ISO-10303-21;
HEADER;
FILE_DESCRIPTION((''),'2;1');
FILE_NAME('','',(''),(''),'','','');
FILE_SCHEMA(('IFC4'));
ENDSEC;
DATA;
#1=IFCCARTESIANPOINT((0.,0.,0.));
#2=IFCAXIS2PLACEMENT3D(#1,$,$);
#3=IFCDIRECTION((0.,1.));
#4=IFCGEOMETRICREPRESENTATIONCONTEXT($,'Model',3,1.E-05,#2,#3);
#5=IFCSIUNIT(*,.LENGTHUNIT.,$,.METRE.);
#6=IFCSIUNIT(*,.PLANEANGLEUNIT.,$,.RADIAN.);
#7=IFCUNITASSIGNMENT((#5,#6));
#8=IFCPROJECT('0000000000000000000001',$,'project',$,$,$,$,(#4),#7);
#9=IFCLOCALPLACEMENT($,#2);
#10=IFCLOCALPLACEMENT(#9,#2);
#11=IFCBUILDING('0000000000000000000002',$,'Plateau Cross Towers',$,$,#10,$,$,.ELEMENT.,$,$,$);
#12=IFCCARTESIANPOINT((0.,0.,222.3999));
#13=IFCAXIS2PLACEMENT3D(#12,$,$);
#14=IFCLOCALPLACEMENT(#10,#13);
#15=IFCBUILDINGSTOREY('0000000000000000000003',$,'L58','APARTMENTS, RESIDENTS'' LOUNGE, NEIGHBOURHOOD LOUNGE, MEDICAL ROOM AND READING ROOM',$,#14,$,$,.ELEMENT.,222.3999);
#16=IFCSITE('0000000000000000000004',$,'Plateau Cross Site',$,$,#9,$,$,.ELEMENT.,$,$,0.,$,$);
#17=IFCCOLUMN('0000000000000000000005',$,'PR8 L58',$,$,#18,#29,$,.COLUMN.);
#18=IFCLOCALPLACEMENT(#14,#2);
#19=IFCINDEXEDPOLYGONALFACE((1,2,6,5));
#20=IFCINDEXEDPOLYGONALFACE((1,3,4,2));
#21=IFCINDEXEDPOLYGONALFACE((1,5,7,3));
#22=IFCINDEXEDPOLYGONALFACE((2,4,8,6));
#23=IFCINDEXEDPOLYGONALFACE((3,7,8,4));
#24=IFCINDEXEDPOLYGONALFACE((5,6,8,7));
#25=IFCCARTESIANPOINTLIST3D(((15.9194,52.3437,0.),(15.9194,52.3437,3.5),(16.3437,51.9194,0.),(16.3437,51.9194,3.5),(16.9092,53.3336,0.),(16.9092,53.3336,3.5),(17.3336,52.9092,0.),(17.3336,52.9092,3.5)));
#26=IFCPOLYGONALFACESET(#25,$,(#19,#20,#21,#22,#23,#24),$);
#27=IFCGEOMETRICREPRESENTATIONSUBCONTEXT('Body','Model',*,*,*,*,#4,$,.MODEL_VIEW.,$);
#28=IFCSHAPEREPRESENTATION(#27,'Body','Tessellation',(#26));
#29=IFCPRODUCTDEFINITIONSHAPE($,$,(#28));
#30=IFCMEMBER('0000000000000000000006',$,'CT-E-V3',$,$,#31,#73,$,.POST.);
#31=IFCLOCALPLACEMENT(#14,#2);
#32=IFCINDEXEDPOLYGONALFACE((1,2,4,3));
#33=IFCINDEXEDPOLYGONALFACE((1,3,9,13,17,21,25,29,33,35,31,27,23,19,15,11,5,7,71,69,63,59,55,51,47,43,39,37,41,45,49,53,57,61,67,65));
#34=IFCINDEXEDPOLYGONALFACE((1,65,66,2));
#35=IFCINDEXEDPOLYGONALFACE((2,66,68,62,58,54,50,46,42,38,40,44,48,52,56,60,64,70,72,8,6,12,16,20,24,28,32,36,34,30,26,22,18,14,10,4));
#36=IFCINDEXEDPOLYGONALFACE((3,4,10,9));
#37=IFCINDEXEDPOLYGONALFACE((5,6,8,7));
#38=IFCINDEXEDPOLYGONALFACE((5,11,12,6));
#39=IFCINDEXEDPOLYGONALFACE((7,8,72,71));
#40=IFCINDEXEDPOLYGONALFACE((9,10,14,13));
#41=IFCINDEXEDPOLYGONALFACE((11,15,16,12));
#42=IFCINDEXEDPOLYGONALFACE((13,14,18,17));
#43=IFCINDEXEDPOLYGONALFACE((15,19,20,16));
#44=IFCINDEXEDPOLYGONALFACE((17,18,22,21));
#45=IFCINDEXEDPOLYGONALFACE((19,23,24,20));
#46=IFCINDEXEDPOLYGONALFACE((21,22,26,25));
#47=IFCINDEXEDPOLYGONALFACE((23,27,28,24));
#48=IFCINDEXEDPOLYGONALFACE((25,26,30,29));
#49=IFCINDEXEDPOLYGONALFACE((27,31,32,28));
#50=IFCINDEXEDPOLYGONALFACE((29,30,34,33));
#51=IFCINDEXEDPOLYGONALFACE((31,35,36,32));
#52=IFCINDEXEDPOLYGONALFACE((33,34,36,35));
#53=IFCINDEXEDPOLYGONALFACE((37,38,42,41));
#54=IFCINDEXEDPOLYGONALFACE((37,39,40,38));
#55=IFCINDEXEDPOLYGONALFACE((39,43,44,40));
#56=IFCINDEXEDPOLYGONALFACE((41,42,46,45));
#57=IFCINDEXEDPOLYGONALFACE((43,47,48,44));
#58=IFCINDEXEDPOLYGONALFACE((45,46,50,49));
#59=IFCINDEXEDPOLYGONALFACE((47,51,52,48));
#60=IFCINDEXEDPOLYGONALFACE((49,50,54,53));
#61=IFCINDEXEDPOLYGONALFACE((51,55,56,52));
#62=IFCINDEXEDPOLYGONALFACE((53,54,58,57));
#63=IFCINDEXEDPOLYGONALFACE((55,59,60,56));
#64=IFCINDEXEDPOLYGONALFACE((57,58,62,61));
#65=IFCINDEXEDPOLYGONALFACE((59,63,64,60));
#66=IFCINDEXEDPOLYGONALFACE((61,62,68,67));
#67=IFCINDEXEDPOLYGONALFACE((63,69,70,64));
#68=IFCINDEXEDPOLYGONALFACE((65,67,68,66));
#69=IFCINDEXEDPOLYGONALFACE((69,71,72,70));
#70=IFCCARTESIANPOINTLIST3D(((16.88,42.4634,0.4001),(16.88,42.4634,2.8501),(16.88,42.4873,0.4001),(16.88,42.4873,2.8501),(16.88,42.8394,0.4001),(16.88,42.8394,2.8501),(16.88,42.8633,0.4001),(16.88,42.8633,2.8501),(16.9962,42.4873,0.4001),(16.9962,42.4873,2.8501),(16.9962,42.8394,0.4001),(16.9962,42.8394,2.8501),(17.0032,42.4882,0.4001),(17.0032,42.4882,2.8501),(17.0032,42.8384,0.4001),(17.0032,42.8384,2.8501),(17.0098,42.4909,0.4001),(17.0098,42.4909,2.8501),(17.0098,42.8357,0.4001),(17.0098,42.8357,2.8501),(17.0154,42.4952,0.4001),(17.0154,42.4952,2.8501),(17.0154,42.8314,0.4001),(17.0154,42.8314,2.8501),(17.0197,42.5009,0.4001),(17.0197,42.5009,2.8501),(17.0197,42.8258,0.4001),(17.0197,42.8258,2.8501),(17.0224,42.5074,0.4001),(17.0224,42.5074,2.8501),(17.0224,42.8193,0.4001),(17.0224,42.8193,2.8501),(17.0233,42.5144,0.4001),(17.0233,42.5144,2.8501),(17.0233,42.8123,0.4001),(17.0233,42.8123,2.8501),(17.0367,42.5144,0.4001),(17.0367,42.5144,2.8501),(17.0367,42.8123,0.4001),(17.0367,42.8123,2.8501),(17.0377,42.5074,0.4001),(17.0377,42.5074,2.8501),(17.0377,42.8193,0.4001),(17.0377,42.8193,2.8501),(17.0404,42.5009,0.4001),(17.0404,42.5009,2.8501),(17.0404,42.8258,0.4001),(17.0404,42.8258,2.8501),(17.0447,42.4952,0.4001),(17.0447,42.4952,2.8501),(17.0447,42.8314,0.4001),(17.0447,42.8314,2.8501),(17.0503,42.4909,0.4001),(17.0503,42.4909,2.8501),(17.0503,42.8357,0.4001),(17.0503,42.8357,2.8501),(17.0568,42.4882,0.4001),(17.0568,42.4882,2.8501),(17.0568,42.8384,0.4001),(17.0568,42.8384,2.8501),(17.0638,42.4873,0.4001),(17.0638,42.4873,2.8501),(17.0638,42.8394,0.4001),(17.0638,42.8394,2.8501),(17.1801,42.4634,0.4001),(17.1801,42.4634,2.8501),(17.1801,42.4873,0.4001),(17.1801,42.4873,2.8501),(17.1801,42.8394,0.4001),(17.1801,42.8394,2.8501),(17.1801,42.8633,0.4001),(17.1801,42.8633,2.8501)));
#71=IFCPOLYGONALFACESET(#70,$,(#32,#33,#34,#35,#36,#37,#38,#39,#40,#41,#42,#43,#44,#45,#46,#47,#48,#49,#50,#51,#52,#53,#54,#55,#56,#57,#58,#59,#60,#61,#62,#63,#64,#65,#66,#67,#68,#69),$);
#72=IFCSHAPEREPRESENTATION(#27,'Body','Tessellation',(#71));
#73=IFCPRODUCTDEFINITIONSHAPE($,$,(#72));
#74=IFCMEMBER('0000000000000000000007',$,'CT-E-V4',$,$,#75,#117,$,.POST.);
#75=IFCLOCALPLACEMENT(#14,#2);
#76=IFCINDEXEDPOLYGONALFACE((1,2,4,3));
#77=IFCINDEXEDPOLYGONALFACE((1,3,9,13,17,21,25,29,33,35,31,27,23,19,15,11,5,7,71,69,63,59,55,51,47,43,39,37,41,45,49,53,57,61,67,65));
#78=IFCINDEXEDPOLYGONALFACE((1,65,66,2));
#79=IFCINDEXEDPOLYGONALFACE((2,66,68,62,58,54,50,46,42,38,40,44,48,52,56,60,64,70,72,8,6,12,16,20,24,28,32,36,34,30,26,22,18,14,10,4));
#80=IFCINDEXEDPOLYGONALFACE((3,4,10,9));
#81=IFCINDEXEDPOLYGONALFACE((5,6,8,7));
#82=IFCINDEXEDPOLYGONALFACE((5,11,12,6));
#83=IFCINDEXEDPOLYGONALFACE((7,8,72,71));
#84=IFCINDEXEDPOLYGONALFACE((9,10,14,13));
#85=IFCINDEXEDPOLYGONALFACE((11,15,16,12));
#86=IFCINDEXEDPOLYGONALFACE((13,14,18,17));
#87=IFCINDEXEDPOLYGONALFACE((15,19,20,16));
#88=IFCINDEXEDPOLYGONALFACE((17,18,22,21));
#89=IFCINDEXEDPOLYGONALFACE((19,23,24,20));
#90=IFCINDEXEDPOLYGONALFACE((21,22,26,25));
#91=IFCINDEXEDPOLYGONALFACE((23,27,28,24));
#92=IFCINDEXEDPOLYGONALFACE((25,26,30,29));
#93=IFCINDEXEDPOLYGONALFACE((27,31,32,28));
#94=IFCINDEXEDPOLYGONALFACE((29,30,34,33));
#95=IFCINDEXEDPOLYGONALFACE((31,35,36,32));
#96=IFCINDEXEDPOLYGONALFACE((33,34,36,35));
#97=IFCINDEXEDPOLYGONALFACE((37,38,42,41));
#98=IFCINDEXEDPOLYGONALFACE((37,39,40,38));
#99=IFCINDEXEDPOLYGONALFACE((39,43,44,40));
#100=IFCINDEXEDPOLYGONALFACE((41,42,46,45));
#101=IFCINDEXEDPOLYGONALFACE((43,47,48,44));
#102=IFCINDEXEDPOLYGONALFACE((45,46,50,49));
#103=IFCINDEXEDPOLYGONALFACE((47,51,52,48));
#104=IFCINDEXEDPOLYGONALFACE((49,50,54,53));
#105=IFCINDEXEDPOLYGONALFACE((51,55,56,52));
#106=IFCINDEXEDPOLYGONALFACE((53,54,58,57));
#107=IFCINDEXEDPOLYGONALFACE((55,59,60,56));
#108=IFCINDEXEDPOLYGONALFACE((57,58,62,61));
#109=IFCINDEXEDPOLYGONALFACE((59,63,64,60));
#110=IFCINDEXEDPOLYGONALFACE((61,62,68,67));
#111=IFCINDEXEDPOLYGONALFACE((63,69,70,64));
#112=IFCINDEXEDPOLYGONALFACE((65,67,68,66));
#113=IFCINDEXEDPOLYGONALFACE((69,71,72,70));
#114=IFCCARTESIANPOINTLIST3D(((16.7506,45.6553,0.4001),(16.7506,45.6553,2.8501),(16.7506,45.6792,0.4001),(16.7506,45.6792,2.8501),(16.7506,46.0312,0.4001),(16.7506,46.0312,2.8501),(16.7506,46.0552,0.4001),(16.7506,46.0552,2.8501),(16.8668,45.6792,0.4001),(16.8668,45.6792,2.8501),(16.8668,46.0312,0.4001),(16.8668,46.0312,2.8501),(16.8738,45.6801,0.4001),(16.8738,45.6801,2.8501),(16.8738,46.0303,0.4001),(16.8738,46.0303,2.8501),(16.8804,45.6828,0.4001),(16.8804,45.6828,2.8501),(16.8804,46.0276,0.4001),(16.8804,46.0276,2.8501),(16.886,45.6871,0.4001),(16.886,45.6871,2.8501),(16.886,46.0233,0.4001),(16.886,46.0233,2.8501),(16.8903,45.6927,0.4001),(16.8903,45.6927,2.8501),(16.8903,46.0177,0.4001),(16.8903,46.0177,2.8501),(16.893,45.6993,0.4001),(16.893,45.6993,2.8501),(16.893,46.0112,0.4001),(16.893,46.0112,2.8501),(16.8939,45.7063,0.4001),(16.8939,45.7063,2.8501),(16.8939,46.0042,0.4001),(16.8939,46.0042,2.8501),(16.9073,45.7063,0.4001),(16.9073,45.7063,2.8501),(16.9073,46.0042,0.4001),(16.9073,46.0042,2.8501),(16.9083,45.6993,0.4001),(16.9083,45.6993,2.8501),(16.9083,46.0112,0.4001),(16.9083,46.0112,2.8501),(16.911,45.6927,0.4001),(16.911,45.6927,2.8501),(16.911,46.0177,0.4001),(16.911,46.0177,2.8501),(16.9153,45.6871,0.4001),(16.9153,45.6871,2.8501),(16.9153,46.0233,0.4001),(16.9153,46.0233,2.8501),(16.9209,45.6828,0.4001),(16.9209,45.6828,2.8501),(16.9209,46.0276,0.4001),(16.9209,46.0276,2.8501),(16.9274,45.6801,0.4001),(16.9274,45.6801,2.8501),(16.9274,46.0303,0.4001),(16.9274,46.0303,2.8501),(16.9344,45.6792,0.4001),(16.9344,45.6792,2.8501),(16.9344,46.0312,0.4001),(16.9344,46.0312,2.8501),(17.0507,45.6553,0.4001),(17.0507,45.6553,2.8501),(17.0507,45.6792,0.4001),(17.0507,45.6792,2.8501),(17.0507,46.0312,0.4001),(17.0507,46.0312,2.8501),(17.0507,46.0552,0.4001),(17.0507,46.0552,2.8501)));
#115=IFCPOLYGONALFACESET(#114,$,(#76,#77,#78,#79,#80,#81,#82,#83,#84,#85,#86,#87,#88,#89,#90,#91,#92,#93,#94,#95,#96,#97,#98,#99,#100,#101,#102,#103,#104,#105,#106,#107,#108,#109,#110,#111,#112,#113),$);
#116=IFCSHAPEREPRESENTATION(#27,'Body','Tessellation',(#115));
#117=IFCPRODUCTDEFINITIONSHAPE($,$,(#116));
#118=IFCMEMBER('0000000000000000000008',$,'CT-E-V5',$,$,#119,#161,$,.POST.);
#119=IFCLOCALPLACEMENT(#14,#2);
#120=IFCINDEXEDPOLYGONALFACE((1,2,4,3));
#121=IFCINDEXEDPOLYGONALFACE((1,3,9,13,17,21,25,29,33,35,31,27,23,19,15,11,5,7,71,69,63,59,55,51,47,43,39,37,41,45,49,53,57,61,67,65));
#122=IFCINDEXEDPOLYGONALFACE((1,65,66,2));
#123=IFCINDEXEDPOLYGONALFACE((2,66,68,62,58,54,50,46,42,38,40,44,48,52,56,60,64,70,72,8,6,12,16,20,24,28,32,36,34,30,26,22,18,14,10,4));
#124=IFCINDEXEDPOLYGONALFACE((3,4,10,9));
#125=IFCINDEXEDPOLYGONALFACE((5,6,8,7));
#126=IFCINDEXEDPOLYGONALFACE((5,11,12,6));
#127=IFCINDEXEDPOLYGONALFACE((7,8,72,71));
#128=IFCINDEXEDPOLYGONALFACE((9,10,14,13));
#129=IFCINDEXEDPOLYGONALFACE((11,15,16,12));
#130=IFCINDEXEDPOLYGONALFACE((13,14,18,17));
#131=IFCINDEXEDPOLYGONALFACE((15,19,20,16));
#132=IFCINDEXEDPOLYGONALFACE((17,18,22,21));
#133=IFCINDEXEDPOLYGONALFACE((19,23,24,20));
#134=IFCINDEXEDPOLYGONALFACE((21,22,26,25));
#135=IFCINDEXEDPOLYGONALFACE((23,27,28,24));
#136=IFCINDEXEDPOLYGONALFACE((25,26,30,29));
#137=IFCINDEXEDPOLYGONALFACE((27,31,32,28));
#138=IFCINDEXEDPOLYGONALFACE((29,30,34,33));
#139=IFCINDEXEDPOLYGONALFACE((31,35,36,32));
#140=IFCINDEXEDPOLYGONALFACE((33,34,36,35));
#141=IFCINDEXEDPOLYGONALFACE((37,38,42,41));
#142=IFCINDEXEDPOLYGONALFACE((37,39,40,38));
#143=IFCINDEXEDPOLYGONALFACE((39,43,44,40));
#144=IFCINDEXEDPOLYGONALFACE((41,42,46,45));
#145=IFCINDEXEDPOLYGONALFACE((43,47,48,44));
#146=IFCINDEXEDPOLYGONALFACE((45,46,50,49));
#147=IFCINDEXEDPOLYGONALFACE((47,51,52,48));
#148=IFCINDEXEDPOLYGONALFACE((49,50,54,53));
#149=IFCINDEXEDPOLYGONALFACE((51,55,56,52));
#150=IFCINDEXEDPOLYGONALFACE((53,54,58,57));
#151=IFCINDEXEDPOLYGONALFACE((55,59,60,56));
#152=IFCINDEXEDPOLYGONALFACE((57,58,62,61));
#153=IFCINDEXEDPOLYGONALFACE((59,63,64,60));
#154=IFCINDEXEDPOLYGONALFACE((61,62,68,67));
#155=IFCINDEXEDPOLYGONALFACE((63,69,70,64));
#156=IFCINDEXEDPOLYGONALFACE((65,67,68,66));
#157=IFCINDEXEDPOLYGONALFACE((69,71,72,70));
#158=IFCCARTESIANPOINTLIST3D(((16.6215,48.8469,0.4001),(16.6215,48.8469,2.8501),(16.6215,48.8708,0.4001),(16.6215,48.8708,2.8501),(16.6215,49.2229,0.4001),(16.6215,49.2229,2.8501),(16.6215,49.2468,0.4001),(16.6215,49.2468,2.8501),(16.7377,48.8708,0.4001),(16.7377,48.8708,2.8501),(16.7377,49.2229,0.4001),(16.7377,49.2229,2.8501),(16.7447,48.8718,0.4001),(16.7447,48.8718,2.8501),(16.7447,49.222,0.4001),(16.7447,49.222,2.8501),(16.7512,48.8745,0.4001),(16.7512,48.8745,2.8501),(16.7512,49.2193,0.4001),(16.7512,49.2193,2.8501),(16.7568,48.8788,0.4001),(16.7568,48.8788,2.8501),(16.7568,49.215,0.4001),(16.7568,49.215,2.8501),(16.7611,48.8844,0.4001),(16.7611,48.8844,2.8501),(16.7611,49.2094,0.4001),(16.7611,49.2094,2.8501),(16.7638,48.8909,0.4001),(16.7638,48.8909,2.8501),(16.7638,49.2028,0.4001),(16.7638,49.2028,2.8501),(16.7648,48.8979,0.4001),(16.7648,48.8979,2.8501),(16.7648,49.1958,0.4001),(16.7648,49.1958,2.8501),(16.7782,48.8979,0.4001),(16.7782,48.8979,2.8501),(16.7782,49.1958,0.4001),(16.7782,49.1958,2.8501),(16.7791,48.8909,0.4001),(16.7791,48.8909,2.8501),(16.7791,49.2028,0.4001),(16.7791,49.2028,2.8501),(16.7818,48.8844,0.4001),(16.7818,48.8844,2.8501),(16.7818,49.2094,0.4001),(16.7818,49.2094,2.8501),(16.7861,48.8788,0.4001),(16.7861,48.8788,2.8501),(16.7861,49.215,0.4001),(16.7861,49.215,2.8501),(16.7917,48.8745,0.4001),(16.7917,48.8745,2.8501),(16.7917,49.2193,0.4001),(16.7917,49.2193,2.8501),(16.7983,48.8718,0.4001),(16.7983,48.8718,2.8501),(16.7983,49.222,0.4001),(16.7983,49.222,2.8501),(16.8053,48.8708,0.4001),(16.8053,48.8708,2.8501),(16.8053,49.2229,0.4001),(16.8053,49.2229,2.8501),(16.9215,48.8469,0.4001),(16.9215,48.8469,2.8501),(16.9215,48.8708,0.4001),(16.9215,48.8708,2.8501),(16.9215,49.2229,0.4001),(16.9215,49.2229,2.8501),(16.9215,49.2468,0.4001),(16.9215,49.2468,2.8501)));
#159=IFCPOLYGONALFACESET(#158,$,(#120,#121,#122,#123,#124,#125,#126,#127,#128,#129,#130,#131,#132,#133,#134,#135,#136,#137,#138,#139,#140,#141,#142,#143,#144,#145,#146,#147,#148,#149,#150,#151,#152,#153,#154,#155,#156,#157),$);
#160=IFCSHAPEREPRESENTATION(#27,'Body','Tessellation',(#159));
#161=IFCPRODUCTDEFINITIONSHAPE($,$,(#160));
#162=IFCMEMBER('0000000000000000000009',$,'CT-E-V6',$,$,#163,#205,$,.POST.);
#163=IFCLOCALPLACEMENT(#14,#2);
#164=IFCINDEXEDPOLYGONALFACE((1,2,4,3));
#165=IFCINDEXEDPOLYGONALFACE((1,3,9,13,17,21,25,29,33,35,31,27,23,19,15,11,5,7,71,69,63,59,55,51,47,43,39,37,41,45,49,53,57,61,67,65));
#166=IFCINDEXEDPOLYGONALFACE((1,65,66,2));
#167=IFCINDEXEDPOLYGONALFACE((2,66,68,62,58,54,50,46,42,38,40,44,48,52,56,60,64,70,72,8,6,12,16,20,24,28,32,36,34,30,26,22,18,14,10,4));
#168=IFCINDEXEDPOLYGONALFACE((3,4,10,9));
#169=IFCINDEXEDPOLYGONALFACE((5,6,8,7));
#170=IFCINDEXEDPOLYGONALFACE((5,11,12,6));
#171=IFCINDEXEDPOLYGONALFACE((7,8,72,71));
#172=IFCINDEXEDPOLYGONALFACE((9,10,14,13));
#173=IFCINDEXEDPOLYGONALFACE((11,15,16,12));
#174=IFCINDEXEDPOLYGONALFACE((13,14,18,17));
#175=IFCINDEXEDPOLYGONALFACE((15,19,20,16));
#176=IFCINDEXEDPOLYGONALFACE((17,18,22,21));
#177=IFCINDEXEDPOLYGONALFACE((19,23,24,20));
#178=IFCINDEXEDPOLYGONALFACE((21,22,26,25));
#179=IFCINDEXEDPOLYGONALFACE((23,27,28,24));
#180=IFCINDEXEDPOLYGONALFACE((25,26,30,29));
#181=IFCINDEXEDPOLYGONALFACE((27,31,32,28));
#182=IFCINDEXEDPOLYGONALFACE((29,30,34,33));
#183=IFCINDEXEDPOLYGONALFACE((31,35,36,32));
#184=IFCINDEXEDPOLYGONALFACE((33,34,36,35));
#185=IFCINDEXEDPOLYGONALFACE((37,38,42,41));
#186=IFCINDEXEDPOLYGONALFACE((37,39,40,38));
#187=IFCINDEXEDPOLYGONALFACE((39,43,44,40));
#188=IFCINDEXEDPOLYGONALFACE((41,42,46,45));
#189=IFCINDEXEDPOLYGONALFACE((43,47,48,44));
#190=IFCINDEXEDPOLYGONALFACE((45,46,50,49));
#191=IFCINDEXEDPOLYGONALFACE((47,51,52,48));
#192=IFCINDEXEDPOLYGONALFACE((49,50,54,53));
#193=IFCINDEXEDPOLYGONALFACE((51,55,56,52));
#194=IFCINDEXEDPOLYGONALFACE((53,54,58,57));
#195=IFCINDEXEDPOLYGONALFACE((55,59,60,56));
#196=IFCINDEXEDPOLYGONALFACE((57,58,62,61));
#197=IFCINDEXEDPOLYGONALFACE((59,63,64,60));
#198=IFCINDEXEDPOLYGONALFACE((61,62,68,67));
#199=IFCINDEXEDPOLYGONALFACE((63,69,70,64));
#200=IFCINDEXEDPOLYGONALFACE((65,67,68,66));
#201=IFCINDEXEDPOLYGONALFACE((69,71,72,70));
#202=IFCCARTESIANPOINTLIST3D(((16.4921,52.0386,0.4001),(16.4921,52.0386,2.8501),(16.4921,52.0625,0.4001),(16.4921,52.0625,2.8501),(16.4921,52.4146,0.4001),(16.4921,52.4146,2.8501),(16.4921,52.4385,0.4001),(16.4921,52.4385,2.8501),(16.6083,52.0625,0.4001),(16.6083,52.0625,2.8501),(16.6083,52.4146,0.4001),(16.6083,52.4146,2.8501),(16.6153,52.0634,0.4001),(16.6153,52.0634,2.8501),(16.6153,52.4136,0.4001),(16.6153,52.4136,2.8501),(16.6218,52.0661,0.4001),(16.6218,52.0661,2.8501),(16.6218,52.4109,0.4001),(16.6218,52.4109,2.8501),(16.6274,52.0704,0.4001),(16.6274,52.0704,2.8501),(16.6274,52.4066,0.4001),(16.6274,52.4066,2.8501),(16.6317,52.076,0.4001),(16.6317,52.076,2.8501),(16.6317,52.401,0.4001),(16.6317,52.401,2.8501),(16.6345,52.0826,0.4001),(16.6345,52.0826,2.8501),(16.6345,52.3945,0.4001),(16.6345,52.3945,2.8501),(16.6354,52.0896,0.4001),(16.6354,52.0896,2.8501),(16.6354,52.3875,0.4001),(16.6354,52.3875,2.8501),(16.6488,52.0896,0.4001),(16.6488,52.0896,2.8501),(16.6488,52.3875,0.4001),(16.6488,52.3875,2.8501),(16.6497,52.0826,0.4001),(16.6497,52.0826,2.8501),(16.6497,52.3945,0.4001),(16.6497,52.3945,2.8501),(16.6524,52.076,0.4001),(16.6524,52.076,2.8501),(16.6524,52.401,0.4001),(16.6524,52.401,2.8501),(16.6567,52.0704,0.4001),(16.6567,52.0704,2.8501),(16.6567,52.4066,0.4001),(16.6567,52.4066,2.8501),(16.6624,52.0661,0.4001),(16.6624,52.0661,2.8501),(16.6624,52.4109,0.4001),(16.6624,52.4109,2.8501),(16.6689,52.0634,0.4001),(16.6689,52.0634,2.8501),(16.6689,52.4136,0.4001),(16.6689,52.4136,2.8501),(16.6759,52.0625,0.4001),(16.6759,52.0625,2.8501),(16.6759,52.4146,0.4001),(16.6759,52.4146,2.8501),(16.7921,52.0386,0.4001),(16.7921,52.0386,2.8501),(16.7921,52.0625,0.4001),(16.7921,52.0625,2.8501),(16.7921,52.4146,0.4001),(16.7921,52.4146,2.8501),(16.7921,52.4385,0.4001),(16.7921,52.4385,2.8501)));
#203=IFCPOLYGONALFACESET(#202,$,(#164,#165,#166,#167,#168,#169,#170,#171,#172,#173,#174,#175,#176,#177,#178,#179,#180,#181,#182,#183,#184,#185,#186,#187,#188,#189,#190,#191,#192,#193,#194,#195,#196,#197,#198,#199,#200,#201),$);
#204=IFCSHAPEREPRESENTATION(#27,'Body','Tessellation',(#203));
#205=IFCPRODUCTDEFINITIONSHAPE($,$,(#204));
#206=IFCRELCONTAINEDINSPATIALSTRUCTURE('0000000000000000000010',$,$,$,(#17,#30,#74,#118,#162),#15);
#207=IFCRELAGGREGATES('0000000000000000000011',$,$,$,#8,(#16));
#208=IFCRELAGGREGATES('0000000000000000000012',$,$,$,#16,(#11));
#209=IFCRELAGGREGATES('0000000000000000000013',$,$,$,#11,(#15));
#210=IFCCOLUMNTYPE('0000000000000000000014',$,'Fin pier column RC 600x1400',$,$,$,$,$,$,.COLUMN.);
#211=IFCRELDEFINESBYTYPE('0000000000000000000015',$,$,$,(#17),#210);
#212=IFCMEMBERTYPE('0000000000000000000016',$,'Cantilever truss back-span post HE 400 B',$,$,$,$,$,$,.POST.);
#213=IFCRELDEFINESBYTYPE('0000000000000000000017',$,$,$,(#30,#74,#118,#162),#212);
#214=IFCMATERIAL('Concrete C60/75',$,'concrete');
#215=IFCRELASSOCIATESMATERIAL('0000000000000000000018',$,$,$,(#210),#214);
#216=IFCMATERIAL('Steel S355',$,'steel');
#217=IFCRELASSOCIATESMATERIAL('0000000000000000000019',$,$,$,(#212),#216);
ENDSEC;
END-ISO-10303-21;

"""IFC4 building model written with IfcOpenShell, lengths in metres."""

from ifc_helpers import new_model, si_unit, direction, frame, origin, origin_2d, place, context, subcontext, project, spatial, rectangle, i_section, extrude, material, material_profile, profile_set, type_object, element, save


model = new_model("IFC4")

# Units and contexts
model_context = context("Model", 3, precision=1e-05, world=origin(), true_north=direction((0.0, 1.0)))
body_context = subcontext(model_context, "Body", "Model", "MODEL_VIEW")
ifc_project = project(units=[si_unit("LENGTHUNIT", "METRE"), si_unit("PLANEANGLEUNIT", "RADIAN")], contexts=[model_context])

# Site, building, storey
site_placement = place(None, origin())
site = spatial("IfcSite", under=ifc_project, at=site_placement, Name="Plateau Cross Site", CompositionType="ELEMENT", RefElevation=0.0)
building_placement = place(site_placement, origin())
building = spatial("IfcBuilding", under=site, at=building_placement, Name="Plateau Cross Towers", CompositionType="ELEMENT")
storey_placement = place(building_placement, frame((0.0, 0.0, 222.3999)))
storey = spatial("IfcBuildingStorey", under=building, at=storey_placement, Name="L58", Description="APARTMENTS, RESIDENTS' LOUNGE, NEIGHBOURHOOD LOUNGE, MEDICAL ROOM AND READING ROOM", CompositionType="ELEMENT", Elevation=222.3999)

# Column
ifc_material_1 = material(Name="Concrete C60/75", Category="concrete")
ifc_material_profile_1 = material_profile(ifc_material_1, rectangle(XDim=0.6001, YDim=1.3999, at=origin_2d()), Name="RC 600x1400")
ifc_profile_set_1 = profile_set([ifc_material_profile_1], Name="Concrete C60/75")
column_type = type_object("IfcColumnType", Name="Fin pier column RC 600x1400", PredefinedType="COLUMN", material=ifc_profile_set_1)
column_placement = place(storey_placement, frame((16.6265, 52.6265, 0.0), z_axis=(0.0, 0.0, 1.0), x_axis=(-0.707107, 0.707107, 0.0)))
element("IfcColumn", 1, at=column_placement, inside=storey, type_object=column_type, Name="PR8 L58", PredefinedType="COLUMN", context=body_context, shape_type="SweptSolid", body=[
    extrude(rectangle(XDim=0.6001, YDim=1.3999, at=origin_2d()), origin(), (0.0, 0.0, 1.0), 3.5),
])

# Members
ifc_material_2 = material(Name="Steel S355", Category="steel")
ifc_material_profile_2 = material_profile(ifc_material_2, i_section(OverallWidth=0.3, OverallDepth=0.3999, WebThickness=0.0134, FlangeThickness=0.0239, FilletRadius=0.0271, at=origin_2d()), Name="HE 400 B")
ifc_profile_set_2 = profile_set([ifc_material_profile_2], Name="Steel S355")
member_type_1 = type_object("IfcMemberType", Name="Cantilever truss back-span post HE 400 B", PredefinedType="POST", material=ifc_profile_set_2)
for number, where, z_axis, x_axis, name in (
    (2, (17.03, 42.6633, 0.4001), (0.0, 0.0, 1.0), (1.0, 0.0, 0.0), "CT-E-V3"),
    (3, (16.9006, 45.8552, 0.4001), (0.0, 0.0, 1.0), (1.0, 0.0, 0.0), "CT-E-V4"),
    (4, (16.7715, 49.0469, 0.4001), (0.0, 0.0, 1.0), (1.0, 0.0, 0.0), "CT-E-V5"),
    (5, (16.6421, 52.2385, 0.4001), (0.0, 0.0, 1.0), (1.0, 0.0, 0.0), "CT-E-V6"),
):
    element("IfcMember", number, at=place(storey_placement, frame(where, z_axis=z_axis, x_axis=x_axis)), inside=storey, type_object=member_type_1, Name=name, PredefinedType="POST", context=body_context, shape_type="SweptSolid", body=[
        extrude(i_section(OverallWidth=0.3, OverallDepth=0.3999, WebThickness=0.0134, FlangeThickness=0.0239, FilletRadius=0.0271, at=origin_2d()), origin(), (0.0, 0.0, 1.0), 2.45),
    ])

save(model, "model.ifc")
